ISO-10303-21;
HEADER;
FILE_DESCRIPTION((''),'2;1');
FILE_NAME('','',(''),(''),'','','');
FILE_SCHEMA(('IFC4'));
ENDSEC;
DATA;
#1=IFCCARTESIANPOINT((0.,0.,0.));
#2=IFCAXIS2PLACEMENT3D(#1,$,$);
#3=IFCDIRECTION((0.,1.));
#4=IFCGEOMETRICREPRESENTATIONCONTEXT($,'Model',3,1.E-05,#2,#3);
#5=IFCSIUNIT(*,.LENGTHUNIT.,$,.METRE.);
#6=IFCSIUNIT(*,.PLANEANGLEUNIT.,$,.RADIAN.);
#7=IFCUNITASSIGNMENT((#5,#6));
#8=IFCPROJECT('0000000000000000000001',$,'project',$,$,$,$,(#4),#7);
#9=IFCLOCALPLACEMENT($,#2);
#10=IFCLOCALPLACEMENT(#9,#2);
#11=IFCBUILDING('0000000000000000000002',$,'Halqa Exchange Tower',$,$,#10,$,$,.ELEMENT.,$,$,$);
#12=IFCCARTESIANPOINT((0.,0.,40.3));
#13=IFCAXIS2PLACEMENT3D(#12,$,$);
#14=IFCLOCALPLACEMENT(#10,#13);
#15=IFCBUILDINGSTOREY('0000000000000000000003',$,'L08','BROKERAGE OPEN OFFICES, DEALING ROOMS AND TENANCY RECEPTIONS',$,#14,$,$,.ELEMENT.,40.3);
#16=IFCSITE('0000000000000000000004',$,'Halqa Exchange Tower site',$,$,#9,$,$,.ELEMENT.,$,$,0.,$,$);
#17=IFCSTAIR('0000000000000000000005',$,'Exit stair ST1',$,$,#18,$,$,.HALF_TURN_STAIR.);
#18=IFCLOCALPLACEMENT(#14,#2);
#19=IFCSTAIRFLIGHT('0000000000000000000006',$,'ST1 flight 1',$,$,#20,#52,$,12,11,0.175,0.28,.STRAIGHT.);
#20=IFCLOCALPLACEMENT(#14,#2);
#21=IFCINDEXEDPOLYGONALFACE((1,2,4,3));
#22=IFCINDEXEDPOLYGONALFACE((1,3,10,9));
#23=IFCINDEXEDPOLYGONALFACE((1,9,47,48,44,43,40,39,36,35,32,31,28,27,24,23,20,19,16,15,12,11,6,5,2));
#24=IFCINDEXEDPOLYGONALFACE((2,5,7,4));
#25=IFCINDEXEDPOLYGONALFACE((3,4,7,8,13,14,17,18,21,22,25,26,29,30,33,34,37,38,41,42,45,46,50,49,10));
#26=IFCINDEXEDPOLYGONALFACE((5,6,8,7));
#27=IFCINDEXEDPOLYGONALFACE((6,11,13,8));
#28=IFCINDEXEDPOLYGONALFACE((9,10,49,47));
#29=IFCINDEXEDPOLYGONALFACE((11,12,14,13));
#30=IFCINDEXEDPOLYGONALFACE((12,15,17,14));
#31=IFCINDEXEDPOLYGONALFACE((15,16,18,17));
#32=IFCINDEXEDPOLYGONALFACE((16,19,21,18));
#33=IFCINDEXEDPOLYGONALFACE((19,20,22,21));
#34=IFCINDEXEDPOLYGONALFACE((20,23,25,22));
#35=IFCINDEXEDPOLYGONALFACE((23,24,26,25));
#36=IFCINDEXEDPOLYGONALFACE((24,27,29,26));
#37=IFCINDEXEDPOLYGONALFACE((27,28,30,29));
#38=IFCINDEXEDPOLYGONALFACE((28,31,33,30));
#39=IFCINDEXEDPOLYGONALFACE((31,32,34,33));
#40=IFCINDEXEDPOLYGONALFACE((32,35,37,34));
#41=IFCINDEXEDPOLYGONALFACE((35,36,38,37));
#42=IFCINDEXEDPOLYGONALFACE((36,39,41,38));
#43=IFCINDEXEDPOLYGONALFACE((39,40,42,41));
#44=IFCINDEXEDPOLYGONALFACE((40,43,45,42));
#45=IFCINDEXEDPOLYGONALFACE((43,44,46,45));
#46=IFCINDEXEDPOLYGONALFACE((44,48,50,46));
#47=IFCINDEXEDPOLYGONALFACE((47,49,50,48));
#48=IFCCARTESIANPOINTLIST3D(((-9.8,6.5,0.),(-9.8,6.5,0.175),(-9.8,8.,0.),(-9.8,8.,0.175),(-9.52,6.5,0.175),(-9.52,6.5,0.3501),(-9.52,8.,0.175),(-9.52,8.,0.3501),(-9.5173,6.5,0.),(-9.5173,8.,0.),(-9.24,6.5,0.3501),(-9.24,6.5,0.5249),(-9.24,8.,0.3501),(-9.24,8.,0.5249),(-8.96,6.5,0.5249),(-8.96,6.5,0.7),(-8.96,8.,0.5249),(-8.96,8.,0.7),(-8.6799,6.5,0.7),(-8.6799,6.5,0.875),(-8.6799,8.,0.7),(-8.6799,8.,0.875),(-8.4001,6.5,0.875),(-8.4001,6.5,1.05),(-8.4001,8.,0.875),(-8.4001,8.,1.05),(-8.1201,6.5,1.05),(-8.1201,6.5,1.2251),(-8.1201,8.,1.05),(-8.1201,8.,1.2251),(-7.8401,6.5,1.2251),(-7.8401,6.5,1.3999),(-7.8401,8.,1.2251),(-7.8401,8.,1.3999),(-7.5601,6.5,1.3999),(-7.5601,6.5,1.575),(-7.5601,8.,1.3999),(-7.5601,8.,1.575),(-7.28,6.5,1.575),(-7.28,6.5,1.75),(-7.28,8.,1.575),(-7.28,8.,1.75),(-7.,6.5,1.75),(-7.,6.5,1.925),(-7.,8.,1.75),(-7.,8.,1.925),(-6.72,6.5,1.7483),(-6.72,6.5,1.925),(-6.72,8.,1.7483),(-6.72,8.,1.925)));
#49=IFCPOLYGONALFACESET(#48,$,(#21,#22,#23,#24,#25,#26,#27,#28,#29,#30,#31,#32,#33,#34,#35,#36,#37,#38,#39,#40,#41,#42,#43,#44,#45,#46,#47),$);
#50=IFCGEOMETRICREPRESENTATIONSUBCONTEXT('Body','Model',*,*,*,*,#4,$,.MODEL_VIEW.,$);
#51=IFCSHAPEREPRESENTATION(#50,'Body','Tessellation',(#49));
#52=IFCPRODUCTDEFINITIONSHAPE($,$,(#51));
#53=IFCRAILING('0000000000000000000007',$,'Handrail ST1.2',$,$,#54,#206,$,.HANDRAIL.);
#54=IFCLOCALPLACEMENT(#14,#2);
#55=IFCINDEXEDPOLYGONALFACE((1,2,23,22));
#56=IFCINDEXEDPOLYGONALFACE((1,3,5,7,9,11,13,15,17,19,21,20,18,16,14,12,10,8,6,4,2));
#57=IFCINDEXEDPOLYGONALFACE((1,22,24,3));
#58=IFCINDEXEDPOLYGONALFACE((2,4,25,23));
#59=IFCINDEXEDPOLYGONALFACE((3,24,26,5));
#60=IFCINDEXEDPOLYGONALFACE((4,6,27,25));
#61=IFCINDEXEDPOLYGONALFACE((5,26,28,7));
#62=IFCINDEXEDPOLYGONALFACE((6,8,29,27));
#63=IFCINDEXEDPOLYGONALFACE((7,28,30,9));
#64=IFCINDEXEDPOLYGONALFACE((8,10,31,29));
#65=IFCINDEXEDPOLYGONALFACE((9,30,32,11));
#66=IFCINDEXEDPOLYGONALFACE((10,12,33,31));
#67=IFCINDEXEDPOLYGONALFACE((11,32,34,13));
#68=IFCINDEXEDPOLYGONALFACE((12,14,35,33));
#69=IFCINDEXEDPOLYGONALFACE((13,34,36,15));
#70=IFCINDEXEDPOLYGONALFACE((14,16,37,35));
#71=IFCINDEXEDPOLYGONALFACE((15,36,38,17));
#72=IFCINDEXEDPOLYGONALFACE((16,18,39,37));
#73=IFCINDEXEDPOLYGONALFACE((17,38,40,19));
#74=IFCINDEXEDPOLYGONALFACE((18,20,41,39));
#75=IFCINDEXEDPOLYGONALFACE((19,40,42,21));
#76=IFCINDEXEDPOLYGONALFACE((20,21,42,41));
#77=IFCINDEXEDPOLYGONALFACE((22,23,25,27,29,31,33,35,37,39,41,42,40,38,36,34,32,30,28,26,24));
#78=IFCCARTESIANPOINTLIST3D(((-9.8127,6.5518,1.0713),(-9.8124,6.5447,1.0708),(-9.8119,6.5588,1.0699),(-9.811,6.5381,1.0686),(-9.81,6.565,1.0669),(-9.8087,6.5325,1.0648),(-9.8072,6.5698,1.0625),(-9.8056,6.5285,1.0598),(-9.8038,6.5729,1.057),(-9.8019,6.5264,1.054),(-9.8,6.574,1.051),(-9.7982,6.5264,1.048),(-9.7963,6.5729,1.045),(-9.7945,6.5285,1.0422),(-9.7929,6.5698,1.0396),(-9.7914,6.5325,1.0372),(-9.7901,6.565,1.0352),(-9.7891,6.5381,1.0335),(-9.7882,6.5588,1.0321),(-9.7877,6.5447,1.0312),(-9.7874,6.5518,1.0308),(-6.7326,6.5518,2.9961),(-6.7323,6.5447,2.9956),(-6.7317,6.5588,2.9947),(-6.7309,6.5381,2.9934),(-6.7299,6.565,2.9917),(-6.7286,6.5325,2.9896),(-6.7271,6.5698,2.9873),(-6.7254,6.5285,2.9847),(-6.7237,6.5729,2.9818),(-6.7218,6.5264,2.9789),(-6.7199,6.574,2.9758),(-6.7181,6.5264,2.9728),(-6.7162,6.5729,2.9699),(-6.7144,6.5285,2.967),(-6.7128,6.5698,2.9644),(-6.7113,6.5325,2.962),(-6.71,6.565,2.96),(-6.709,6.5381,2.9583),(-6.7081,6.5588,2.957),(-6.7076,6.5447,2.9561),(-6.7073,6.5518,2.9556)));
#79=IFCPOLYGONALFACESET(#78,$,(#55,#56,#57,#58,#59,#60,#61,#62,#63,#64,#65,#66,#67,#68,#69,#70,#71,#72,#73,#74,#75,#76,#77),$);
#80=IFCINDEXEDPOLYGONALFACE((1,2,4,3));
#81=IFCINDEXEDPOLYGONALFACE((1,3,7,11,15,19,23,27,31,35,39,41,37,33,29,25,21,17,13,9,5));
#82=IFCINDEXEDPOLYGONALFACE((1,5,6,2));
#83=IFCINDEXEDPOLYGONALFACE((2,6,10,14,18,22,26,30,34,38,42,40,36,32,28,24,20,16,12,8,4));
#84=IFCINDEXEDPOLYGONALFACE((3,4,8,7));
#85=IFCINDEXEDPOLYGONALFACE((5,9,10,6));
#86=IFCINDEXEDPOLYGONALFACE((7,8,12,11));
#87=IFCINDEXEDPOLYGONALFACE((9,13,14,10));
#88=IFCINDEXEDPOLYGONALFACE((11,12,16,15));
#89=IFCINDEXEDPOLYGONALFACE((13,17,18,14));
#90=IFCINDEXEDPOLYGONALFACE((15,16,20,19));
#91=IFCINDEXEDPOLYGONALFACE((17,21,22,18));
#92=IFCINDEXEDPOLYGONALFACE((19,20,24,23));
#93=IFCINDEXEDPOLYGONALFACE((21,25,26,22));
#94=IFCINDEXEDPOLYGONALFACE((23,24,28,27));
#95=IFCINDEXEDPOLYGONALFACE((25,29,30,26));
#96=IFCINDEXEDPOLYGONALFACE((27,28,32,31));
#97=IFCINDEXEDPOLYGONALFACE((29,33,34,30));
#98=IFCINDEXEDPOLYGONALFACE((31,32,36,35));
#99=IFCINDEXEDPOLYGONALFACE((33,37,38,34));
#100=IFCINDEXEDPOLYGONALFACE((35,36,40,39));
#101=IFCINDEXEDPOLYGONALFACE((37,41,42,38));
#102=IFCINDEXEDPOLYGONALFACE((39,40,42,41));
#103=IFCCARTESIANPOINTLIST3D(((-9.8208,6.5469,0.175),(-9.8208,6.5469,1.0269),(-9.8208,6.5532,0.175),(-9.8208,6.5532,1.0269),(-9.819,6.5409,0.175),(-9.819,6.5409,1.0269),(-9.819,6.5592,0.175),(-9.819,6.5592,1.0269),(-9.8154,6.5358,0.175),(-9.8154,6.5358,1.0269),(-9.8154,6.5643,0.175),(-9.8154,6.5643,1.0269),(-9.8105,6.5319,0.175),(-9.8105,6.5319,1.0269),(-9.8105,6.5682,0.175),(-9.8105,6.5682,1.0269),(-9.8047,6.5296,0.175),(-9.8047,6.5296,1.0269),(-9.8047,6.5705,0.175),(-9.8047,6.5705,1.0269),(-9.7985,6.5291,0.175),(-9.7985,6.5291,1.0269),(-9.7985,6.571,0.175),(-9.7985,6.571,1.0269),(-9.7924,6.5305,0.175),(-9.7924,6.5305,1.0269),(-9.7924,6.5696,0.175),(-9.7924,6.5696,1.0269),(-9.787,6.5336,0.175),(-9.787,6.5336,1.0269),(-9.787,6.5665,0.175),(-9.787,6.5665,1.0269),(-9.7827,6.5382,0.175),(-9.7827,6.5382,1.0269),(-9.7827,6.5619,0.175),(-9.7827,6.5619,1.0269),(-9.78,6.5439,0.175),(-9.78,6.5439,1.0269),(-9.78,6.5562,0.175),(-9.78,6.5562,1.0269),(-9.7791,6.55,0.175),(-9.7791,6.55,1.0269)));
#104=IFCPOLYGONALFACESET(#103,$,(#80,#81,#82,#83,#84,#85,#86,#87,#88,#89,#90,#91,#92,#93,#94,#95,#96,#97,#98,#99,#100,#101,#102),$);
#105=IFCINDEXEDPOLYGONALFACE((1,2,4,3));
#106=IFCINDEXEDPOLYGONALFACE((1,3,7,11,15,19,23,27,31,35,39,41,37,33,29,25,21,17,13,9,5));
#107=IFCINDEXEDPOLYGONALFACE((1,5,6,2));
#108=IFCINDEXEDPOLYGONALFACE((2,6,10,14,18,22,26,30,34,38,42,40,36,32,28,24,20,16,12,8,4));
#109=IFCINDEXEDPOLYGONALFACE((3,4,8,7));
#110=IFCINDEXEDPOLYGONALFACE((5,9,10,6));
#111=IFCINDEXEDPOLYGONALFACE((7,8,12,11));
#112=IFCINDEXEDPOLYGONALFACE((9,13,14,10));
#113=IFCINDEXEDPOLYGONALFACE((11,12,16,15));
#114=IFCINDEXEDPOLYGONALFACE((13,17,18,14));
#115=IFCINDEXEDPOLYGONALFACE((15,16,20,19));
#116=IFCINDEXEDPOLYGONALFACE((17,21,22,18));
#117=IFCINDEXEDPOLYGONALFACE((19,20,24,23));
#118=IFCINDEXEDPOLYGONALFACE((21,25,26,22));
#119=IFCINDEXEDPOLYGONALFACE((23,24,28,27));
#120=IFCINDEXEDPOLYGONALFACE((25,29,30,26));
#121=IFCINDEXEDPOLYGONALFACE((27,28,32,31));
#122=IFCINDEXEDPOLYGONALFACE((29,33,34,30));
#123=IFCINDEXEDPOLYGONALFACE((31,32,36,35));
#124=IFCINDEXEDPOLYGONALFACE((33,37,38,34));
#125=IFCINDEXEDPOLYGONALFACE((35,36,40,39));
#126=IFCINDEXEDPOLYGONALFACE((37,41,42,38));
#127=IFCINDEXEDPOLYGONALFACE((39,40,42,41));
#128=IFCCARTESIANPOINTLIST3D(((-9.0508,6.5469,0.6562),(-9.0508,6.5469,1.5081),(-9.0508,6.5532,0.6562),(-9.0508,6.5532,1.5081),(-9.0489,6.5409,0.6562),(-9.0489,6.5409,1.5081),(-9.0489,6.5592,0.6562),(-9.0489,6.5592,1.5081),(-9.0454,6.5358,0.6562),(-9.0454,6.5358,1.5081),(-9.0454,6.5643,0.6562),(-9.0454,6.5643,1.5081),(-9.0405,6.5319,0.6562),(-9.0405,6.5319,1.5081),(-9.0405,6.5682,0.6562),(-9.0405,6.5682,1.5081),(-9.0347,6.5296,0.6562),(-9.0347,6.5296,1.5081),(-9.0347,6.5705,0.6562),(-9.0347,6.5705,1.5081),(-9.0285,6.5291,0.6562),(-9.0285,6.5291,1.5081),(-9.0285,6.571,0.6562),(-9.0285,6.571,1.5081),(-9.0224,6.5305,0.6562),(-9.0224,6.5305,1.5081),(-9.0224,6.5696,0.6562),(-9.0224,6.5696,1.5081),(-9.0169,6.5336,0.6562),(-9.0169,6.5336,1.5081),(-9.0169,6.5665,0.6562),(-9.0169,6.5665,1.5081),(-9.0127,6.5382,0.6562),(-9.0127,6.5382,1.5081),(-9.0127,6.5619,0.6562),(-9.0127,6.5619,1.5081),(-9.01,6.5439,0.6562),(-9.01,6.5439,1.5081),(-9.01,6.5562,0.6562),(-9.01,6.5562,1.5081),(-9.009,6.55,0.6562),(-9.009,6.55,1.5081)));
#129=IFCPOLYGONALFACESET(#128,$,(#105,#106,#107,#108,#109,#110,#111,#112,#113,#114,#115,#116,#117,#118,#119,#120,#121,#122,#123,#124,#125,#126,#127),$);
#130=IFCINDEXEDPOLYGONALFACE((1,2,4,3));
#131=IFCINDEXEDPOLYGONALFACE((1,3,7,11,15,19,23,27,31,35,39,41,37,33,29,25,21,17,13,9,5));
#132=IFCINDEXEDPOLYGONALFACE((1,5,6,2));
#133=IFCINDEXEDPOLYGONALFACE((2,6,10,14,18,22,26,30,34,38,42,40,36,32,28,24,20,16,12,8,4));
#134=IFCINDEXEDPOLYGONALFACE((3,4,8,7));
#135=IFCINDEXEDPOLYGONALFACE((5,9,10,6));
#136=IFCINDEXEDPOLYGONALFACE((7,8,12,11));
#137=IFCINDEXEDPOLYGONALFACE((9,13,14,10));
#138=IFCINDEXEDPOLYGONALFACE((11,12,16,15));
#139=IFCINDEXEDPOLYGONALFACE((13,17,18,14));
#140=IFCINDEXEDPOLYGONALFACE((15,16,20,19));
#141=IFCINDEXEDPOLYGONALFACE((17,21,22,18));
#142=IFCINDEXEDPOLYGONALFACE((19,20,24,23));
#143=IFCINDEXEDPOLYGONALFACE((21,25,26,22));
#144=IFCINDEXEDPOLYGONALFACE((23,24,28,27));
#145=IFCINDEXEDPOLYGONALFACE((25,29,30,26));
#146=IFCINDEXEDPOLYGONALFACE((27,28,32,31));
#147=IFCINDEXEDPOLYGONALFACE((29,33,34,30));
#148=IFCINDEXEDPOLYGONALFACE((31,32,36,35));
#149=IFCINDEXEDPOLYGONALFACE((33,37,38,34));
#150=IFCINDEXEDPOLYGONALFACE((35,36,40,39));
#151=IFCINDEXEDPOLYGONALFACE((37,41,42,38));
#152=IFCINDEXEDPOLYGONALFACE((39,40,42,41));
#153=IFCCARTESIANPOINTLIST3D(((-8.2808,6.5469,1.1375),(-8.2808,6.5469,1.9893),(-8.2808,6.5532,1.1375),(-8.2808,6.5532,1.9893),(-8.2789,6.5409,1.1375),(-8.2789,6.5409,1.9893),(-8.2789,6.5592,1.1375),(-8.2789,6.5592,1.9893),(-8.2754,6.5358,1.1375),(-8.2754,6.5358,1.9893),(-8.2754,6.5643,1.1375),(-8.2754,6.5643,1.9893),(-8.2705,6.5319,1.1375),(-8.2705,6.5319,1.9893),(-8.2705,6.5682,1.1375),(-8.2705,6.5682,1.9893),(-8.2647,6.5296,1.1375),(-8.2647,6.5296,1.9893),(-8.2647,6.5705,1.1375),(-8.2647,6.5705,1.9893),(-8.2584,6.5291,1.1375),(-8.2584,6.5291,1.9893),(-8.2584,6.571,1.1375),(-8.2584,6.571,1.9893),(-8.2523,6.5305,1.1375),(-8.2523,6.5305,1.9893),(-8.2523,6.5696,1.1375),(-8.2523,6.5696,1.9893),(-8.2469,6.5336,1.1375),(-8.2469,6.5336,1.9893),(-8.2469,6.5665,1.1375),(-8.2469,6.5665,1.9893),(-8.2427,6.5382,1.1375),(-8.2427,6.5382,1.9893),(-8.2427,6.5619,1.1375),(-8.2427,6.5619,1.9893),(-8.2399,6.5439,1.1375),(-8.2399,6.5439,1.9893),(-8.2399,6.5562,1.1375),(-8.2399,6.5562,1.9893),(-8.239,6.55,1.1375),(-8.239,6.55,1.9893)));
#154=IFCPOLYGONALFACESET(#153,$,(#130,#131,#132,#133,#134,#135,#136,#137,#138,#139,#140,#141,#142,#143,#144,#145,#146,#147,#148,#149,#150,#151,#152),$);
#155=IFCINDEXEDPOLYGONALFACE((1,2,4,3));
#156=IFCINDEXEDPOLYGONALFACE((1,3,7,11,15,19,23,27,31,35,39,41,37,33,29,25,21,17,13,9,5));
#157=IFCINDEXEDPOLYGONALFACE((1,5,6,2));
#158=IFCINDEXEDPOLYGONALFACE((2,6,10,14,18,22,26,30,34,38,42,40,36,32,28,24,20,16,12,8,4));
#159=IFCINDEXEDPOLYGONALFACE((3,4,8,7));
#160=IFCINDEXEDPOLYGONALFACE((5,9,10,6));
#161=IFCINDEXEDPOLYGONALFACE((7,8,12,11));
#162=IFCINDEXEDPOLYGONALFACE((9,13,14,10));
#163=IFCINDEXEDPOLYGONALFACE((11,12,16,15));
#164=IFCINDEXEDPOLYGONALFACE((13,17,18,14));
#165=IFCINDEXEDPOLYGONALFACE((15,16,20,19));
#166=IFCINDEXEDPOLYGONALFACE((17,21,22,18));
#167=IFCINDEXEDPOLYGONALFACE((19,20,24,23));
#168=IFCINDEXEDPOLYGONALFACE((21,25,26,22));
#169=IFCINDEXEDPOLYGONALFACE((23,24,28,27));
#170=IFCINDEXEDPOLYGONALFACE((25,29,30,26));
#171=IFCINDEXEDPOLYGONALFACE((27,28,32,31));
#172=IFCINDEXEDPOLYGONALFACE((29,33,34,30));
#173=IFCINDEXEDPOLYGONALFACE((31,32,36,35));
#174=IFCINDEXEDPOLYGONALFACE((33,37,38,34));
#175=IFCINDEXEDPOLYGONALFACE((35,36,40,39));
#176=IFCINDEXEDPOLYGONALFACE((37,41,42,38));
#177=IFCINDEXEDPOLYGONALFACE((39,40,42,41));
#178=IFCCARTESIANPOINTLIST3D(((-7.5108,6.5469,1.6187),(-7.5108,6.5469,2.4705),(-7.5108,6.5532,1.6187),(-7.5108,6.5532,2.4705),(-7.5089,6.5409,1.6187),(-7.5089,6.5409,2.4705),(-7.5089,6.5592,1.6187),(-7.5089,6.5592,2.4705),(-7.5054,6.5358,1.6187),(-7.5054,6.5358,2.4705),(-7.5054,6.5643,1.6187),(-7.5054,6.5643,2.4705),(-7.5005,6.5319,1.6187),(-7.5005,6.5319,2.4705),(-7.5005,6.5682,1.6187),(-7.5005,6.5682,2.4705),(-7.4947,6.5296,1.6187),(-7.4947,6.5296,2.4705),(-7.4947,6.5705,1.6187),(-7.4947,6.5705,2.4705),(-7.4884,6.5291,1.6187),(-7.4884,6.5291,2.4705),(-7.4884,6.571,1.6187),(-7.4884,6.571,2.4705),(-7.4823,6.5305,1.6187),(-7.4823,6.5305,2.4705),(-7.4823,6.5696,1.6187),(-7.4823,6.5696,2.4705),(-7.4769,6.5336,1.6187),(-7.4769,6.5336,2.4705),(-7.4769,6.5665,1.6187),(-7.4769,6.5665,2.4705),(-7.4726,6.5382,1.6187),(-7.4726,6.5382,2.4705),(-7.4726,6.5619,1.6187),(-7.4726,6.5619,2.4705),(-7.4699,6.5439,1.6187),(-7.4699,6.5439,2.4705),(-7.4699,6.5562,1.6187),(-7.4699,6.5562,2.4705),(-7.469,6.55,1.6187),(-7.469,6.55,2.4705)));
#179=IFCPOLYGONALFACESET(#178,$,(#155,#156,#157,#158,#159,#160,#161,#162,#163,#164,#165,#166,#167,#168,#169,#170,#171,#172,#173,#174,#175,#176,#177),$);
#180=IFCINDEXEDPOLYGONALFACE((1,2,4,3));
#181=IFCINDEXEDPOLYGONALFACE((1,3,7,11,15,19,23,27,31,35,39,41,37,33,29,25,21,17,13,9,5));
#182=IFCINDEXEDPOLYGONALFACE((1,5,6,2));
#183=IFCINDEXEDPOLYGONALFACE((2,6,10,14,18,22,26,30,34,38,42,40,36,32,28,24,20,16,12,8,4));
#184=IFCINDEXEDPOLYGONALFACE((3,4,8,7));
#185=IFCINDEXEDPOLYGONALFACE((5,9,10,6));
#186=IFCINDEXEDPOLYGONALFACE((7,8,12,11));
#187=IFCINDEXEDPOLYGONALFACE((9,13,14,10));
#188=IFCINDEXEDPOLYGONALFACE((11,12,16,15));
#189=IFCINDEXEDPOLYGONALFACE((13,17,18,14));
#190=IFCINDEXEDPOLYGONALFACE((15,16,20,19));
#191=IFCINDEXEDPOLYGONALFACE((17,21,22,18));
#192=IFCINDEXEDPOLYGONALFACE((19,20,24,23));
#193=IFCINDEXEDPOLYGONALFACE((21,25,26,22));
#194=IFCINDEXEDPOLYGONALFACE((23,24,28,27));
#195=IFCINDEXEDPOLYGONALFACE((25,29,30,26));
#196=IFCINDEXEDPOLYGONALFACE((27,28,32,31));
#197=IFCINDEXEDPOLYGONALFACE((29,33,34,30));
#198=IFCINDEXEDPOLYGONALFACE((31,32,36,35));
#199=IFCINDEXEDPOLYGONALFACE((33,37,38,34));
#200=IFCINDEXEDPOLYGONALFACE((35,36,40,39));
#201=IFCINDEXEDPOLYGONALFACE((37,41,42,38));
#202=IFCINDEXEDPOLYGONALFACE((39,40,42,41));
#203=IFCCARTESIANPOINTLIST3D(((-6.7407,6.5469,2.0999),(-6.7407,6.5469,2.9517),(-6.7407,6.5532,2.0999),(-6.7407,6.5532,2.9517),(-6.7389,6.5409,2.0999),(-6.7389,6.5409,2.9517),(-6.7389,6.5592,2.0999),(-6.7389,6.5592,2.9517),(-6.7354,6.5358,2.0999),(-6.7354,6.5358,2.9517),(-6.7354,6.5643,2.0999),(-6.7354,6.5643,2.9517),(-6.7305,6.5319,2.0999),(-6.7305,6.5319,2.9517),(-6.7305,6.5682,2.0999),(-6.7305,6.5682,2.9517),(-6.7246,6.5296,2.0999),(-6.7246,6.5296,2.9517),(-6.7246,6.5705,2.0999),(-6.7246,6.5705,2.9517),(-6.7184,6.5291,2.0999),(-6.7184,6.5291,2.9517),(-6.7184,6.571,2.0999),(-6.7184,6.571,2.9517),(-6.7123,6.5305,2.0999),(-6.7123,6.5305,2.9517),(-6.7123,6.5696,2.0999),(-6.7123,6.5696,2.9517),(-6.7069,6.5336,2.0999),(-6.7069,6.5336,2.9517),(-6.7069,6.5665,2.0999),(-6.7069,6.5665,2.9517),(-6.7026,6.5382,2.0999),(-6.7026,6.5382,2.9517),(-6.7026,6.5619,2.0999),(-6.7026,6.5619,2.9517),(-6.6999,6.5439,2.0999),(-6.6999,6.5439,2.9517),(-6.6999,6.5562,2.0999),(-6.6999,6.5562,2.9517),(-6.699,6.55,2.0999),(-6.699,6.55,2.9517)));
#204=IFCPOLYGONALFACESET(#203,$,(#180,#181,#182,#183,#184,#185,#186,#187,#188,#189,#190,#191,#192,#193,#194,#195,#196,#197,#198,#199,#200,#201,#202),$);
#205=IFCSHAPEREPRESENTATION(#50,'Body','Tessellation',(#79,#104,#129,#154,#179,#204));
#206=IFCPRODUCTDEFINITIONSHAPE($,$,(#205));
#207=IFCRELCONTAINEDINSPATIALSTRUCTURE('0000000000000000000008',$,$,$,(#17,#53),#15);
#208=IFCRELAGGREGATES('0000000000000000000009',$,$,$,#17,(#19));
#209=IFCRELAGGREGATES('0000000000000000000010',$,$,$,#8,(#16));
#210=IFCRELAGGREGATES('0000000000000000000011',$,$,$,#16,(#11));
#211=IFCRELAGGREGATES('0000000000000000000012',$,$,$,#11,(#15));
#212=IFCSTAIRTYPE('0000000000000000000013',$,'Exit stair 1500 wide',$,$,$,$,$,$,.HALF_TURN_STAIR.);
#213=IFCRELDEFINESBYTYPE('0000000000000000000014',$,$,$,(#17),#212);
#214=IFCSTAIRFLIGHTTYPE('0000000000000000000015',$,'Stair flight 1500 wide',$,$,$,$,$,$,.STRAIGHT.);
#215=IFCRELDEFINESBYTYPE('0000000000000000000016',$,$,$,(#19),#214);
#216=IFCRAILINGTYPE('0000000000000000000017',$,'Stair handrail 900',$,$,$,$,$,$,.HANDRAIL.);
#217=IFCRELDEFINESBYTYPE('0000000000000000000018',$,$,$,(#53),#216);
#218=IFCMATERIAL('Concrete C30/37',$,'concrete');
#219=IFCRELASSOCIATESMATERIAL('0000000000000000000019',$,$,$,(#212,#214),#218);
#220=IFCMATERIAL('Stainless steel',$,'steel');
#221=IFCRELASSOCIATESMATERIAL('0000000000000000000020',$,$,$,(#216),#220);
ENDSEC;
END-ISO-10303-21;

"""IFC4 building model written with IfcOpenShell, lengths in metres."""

from ifc_helpers import new_model, si_unit, direction, frame, origin, origin_2d, place, context, subcontext, project, spatial, polyline, circle, outline, extrude, material, type_object, element, aggregate, save


model = new_model("IFC4")

# Units and contexts
model_context = context("Model", 3, precision=1e-05, world=origin(), true_north=direction((0.0, 1.0)))
body_context = subcontext(model_context, "Body", "Model", "MODEL_VIEW")
ifc_project = project(units=[si_unit("LENGTHUNIT", "METRE"), si_unit("PLANEANGLEUNIT", "RADIAN")], contexts=[model_context])

# Site, building, storey
site_placement = place(None, origin())
site = spatial("IfcSite", under=ifc_project, at=site_placement, Name="Halqa Exchange Tower site", CompositionType="ELEMENT", RefElevation=0.0)
building_placement = place(site_placement, origin())
building = spatial("IfcBuilding", under=site, at=building_placement, Name="Halqa Exchange Tower", CompositionType="ELEMENT")
storey_placement = place(building_placement, frame((0.0, 0.0, 40.3)))
storey = spatial("IfcBuildingStorey", under=building, at=storey_placement, Name="L08", Description="BROKERAGE OPEN OFFICES, DEALING ROOMS AND TENANCY RECEPTIONS", CompositionType="ELEMENT", Elevation=40.3)

# Shared definitions
ifc_material_1 = material(Name="Stainless steel", Category="steel")

# Shared definitions
ifc_material_2 = material(Name="Concrete C30/37", Category="concrete")

# Stair, stair flight
stair_type = type_object("IfcStairType", Name="Exit stair 1500 wide", PredefinedType="HALF_TURN_STAIR", material=ifc_material_2)
stair_placement = place(storey_placement, origin())
stair = element("IfcStair", 1, at=stair_placement, inside=storey, type_object=stair_type, Name="Exit stair ST1", PredefinedType="HALF_TURN_STAIR")
stair_flight_type = type_object("IfcStairFlightType", Name="Stair flight 1500 wide", PredefinedType="STRAIGHT", material=ifc_material_2)
stair_flight_placement = place(storey_placement, frame((-9.8, 7.25, 0.0), z_axis=(0.0, 0.0, 1.0), x_axis=(1.0, 0.0, 0.0)))
stair_flight = element("IfcStairFlight", 2, at=stair_flight_placement, type_object=stair_flight_type, Name="ST1 flight 1", NumberOfRisers=12, NumberOfTreads=11, PredefinedType="STRAIGHT", RiserHeight=0.175, TreadLength=0.28, context=body_context, shape_type="SweptSolid", body=[
    extrude(outline(polyline([(0.0, 0.0), (0.0, 0.175), (0.28, 0.175), (0.28, 0.3501), (0.5601, 0.3501), (0.5601, 0.5249), (0.8401, 0.5249), (0.8401, 0.7), (1.1201, 0.7), (1.1201, 0.875), (1.3999, 0.875), (1.3999, 1.05), (1.6799, 1.05), (1.6799, 1.2251), (1.96, 1.2251), (1.96, 1.3999), (2.24, 1.3999), (2.24, 1.575), (2.52, 1.575), (2.52, 1.75), (2.8, 1.75), (2.8, 1.925), (3.0801, 1.925), (3.0801, 2.1001), (3.0801, 1.7483), (0.2827, 0.0), (0.0, 0.0)])), frame((0.0, 0.75, 0.0), z_axis=(0.0, -1.0, 0.0), x_axis=(1.0, 0.0, 0.0)), (0.0, 0.0, 1.0), 1.5),
])
aggregate(stair, [stair_flight])

# Railing
railing_type_1 = type_object("IfcRailingType", Name="Stair handrail 900", PredefinedType="HANDRAIL", material=ifc_material_1)
railing_1_placement = place(storey_placement, frame((-9.8, 6.55, 0.175)))
element("IfcRailing", 3, at=railing_1_placement, inside=storey, type_object=railing_type_1, Name="Handrail ST1.2", PredefinedType="HANDRAIL", context=body_context, shape_type="SweptSolid", body=[
    extrude(circle(Radius=0.0239, at=origin_2d()), frame((0.0, 0.0, 0.876), z_axis=(0.848029, 0.0, 0.529951), x_axis=(0.0, 1.0, 0.0)), (0.0, 0.0, 1.0), 3.6321),
    extrude(circle(Radius=0.021, at=origin_2d()), origin(), (0.0, 0.0, 1.0), 0.8518),
    extrude(circle(Radius=0.021, at=origin_2d()), frame((0.77, 0.0, 0.4812)), (0.0, 0.0, 1.0), 0.8518),
    extrude(circle(Radius=0.021, at=origin_2d()), frame((1.54, 0.0, 0.9624)), (0.0, 0.0, 1.0), 0.8518),
    extrude(circle(Radius=0.021, at=origin_2d()), frame((2.3101, 0.0, 1.4436)), (0.0, 0.0, 1.0), 0.8518),
    extrude(circle(Radius=0.021, at=origin_2d()), frame((3.0801, 0.0, 1.9248)), (0.0, 0.0, 1.0), 0.8518),
])

save(model, "model.ifc")
